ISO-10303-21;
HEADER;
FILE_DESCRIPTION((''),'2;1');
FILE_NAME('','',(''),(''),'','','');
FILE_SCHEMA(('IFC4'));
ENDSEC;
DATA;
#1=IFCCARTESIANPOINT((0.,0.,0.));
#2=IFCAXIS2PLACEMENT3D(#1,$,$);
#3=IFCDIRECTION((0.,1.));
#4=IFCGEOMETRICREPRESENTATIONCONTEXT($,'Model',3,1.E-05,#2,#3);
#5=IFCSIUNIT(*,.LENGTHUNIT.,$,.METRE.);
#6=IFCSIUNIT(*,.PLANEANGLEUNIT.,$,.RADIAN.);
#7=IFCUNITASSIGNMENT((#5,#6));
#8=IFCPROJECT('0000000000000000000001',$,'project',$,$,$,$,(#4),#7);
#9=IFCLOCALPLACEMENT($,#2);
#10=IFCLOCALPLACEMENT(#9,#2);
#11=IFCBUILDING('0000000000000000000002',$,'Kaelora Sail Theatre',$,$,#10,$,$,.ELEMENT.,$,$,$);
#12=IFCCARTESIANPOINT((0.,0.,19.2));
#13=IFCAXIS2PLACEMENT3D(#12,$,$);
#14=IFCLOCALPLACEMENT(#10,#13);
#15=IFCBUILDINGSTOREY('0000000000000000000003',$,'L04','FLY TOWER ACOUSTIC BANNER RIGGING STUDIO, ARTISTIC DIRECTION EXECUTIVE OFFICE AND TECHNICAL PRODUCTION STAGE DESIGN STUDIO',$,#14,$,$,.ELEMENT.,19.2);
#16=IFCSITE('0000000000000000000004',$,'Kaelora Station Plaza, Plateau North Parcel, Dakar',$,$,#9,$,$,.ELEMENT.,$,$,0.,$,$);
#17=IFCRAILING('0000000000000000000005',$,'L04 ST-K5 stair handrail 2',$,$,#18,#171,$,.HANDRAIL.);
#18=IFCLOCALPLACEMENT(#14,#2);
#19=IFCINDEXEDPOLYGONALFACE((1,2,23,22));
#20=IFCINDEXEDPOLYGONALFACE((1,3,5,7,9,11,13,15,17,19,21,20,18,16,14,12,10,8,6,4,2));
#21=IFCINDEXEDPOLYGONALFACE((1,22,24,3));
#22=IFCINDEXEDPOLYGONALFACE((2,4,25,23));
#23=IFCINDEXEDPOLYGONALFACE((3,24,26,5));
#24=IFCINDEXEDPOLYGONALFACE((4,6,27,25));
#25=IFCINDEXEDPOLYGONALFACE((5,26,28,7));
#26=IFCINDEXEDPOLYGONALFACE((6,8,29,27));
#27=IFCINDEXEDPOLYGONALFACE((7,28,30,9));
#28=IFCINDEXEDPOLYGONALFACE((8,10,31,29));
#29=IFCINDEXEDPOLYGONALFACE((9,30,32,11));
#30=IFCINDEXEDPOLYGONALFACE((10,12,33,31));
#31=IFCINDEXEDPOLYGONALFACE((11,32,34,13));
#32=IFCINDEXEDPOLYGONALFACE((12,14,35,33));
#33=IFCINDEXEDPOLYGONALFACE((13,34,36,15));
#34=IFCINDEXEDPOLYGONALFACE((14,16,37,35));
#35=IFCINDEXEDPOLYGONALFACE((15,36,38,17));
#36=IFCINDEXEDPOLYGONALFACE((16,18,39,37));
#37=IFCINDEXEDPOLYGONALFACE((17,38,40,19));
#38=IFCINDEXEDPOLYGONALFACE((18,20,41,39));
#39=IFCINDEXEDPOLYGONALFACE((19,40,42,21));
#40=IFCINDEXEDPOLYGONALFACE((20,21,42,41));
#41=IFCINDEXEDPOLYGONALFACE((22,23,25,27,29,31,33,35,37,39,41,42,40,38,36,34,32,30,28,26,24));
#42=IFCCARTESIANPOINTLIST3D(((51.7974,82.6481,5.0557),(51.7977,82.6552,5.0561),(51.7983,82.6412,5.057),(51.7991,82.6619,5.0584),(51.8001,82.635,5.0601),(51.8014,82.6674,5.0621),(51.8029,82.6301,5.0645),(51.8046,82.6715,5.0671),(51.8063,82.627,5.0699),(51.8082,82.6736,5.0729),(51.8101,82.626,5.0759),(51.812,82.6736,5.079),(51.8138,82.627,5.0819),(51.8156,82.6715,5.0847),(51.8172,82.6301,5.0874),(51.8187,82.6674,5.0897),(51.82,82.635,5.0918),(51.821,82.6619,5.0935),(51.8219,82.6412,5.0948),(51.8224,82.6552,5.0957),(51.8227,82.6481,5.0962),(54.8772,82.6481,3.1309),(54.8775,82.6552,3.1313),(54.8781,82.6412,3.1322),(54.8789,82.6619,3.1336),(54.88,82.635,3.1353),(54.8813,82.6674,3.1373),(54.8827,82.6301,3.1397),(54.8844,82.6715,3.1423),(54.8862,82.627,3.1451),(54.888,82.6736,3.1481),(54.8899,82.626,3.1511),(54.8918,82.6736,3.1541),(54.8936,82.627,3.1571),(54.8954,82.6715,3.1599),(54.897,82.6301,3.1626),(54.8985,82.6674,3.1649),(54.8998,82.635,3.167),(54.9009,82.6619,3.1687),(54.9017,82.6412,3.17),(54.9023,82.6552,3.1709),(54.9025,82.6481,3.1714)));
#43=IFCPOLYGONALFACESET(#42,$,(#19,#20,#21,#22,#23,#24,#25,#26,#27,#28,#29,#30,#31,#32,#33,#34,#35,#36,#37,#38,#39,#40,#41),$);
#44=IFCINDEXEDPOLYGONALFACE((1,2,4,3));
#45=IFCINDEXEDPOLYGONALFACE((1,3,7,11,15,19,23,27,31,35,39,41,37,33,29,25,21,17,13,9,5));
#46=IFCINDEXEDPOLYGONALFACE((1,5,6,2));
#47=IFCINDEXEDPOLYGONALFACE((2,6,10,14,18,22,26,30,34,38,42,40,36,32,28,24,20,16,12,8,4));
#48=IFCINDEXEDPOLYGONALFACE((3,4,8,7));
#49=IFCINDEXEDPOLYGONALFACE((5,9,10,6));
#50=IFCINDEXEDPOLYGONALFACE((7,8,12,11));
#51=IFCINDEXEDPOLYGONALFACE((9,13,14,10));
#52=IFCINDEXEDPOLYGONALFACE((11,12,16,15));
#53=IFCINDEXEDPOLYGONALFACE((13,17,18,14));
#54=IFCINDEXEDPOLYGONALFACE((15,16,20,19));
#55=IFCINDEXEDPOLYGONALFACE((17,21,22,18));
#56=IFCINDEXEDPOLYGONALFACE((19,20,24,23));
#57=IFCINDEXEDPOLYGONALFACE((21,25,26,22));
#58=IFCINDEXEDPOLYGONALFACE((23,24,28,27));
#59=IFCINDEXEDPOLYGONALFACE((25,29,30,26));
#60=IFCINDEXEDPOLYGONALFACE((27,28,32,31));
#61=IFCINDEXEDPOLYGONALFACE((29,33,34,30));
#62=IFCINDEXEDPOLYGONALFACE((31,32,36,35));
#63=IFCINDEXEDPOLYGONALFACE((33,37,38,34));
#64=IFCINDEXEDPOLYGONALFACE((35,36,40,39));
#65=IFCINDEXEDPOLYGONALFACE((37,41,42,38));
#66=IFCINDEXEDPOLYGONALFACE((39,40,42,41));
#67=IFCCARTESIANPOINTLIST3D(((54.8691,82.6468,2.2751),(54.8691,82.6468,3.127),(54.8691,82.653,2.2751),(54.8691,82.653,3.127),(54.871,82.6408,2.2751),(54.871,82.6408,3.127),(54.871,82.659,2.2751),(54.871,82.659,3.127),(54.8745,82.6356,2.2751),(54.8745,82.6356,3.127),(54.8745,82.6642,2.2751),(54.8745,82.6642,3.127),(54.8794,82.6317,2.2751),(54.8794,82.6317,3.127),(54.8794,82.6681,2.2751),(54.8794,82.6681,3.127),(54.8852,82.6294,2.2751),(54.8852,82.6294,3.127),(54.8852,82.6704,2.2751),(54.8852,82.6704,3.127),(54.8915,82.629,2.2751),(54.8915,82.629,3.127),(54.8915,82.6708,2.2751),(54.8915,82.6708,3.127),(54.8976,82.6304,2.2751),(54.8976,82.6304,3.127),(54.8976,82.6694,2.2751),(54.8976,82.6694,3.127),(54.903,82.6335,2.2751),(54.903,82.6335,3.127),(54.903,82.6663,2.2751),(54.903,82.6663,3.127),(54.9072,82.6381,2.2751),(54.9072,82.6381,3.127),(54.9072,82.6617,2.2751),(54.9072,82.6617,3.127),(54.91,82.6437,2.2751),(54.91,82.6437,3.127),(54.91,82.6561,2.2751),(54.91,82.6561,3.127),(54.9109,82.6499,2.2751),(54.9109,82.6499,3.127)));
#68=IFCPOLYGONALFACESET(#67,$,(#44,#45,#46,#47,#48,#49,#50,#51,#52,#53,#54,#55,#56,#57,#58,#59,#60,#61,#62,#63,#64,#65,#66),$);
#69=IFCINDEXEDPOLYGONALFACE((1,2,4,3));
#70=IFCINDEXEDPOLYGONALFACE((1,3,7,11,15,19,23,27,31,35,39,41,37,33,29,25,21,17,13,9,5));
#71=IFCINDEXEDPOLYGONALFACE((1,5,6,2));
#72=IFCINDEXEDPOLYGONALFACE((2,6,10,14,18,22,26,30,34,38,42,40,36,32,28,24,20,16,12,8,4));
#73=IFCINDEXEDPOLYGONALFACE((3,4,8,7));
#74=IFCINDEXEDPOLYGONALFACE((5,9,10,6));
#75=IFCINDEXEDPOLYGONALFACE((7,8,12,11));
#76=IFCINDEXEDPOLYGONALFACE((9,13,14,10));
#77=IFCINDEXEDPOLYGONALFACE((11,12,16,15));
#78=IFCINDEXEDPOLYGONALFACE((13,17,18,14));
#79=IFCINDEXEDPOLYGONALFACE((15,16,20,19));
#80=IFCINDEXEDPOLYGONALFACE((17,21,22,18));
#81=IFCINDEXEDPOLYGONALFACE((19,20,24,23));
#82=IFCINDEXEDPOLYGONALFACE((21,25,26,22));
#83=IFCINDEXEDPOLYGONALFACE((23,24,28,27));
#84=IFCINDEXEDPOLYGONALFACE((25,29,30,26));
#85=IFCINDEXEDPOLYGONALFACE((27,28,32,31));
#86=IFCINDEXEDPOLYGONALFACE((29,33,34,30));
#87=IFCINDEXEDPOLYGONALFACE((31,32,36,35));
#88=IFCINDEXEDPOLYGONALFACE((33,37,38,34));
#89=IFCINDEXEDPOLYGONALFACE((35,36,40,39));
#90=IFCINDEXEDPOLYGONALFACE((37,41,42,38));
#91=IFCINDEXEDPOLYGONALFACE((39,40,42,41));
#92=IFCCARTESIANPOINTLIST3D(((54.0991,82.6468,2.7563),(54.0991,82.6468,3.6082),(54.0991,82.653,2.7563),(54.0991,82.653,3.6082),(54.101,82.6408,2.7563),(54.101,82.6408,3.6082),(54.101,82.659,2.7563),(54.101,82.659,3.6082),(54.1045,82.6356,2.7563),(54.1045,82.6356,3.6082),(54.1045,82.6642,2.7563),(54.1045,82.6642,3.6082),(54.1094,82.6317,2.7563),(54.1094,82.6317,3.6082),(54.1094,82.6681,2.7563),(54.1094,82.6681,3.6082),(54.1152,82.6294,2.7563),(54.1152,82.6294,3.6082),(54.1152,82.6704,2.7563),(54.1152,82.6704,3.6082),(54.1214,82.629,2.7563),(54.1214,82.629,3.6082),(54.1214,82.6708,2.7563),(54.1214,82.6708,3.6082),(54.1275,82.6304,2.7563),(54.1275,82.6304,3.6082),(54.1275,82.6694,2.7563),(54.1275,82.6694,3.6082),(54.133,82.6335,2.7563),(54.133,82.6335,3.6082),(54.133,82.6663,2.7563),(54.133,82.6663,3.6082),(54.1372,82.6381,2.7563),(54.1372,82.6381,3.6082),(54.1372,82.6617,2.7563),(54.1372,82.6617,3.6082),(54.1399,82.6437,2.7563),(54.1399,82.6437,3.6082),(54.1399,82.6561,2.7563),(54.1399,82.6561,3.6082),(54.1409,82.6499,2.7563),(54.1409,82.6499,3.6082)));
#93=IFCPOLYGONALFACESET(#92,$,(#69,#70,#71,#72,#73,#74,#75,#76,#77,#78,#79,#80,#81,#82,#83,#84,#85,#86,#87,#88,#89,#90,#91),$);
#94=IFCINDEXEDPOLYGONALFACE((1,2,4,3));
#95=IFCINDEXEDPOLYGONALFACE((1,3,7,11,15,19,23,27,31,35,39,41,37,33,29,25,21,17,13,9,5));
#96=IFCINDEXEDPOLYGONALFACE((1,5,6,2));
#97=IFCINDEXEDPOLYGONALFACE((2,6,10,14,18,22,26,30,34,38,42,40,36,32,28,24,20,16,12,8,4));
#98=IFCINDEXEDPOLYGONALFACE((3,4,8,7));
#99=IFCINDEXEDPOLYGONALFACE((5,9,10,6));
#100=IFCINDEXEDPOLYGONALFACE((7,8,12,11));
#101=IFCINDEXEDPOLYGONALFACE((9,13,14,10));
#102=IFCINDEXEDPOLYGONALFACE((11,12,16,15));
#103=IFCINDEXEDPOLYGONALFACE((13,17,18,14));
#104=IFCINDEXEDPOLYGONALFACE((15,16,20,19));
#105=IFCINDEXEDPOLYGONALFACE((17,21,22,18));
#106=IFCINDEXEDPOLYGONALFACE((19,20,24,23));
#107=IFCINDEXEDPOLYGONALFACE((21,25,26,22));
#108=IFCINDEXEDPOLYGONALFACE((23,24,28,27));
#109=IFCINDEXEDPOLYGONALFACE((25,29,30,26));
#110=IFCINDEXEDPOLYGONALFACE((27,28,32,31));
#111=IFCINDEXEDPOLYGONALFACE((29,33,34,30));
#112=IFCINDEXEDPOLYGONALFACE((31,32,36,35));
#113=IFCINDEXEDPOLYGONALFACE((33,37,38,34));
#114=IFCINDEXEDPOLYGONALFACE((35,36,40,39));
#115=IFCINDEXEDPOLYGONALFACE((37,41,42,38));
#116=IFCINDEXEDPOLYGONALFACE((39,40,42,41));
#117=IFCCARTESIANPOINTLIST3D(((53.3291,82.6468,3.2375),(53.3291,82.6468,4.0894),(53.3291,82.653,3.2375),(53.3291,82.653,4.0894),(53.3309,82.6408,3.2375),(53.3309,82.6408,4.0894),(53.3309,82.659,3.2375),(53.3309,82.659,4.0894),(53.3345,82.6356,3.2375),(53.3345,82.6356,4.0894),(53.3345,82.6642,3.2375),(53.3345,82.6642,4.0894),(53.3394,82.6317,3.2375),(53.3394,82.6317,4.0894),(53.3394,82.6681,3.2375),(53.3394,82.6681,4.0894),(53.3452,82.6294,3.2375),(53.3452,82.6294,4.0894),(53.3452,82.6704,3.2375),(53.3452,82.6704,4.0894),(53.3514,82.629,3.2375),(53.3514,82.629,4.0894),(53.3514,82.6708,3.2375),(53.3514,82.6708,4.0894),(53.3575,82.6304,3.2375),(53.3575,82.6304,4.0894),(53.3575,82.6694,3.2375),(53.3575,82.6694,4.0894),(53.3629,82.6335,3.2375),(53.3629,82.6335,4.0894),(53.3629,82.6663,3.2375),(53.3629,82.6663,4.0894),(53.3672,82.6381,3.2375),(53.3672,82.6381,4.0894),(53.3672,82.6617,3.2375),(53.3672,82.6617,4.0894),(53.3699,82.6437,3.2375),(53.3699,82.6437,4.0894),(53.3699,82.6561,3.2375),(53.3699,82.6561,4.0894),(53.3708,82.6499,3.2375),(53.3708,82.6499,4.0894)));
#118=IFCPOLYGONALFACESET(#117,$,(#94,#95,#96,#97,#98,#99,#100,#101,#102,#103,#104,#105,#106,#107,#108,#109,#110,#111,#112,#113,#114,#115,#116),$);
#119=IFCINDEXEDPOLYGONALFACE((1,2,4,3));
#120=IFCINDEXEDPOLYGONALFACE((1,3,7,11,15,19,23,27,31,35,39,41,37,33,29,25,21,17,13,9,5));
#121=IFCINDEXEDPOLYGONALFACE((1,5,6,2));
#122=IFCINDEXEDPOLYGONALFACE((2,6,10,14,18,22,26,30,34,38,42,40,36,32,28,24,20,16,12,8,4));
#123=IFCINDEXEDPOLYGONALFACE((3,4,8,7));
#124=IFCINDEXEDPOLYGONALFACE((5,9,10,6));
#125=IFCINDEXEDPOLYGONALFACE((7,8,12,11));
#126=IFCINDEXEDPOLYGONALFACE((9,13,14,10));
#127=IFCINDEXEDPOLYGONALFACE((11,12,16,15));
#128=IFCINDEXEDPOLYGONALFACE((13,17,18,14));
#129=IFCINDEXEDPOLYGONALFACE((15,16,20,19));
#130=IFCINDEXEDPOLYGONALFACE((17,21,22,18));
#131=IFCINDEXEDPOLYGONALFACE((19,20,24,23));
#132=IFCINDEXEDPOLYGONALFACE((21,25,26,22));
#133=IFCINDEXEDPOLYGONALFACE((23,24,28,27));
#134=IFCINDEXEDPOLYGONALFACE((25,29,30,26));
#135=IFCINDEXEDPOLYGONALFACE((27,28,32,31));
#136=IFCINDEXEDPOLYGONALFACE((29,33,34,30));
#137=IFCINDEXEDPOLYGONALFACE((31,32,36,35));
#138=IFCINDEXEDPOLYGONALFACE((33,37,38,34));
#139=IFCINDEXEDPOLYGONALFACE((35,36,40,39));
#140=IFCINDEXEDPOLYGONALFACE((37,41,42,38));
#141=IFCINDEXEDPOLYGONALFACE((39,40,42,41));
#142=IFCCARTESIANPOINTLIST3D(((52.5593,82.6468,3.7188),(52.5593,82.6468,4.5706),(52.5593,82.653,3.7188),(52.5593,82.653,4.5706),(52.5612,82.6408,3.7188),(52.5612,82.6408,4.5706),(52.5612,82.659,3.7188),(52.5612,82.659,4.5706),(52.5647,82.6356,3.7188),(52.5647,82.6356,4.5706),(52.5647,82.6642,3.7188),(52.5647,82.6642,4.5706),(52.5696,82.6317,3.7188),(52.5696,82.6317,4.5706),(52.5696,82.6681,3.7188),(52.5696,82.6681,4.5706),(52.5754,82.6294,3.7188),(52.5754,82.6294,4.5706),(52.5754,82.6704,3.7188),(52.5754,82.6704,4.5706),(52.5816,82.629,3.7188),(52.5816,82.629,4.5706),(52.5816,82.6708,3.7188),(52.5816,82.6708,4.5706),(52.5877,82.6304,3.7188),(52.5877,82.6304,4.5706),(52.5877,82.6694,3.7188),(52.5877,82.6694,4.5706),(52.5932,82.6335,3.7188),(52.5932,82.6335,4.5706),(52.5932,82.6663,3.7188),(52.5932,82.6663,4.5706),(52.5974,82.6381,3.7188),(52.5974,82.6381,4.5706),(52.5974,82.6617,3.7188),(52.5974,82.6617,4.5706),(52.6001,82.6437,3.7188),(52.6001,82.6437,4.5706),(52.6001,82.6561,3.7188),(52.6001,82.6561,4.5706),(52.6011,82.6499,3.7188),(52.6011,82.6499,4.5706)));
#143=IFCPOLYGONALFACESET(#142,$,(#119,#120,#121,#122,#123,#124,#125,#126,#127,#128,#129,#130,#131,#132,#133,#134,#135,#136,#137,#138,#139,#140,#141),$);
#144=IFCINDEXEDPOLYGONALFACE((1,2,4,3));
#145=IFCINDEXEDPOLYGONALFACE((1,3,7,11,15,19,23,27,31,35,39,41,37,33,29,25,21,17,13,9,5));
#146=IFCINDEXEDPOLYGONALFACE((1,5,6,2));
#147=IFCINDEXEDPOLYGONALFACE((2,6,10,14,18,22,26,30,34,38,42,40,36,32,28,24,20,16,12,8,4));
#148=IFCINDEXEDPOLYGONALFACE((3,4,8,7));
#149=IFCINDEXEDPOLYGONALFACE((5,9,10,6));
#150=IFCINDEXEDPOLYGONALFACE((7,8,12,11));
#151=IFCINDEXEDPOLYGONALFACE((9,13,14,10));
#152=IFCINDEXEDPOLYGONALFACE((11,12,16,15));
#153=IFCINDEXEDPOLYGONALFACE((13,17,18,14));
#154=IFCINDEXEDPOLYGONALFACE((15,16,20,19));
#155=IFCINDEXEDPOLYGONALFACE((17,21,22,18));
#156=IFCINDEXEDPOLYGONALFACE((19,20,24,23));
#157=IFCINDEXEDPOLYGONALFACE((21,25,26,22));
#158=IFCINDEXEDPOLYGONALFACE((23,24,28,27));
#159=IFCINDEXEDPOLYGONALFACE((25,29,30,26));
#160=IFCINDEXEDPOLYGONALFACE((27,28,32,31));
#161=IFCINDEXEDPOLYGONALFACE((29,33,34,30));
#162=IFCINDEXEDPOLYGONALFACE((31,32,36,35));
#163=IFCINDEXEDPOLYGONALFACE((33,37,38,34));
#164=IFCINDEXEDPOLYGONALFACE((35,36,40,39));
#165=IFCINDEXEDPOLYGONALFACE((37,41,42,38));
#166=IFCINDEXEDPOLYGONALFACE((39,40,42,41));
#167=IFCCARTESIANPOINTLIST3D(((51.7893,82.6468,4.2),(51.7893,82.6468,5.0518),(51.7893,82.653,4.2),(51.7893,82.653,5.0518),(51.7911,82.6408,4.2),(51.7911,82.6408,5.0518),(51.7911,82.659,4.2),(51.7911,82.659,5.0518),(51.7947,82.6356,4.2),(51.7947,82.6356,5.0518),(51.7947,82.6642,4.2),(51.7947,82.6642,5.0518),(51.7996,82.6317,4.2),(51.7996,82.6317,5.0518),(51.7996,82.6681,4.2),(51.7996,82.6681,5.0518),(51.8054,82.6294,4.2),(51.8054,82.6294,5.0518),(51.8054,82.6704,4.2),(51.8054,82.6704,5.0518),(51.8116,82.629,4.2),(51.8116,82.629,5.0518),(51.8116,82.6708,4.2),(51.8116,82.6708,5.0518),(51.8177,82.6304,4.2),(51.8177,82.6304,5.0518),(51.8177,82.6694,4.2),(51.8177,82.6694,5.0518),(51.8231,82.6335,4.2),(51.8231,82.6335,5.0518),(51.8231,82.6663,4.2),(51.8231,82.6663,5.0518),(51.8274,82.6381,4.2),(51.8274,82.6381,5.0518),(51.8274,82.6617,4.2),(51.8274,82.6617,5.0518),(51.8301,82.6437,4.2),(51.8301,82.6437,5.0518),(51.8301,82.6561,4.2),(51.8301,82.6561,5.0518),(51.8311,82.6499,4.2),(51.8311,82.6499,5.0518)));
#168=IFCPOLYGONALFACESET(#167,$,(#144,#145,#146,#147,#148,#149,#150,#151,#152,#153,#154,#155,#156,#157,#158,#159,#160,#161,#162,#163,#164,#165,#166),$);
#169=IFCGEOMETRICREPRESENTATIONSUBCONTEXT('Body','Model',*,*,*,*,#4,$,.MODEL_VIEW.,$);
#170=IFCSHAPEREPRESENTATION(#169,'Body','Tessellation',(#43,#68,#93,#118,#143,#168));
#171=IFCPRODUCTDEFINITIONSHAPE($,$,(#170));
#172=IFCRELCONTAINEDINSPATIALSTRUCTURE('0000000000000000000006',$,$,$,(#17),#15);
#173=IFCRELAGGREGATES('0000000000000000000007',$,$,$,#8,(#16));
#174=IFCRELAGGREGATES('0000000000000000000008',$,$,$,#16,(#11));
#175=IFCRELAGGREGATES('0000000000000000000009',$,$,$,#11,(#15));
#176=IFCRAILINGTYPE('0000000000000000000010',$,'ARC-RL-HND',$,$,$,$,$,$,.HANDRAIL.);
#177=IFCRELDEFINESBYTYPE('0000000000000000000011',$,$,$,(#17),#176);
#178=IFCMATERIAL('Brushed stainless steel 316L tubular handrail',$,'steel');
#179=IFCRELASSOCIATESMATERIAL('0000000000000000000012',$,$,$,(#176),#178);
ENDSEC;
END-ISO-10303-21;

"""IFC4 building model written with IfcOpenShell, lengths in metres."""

from ifc_helpers import new_model, si_unit, direction, frame, origin, origin_2d, place, context, subcontext, project, spatial, circle, extrude, material, type_object, element, save


model = new_model("IFC4")

# Units and contexts
model_context = context("Model", 3, precision=1e-05, world=origin(), true_north=direction((0.0, 1.0)))
body_context = subcontext(model_context, "Body", "Model", "MODEL_VIEW")
ifc_project = project(units=[si_unit("LENGTHUNIT", "METRE"), si_unit("PLANEANGLEUNIT", "RADIAN")], contexts=[model_context])

# Site, building, storey
site_placement = place(None, origin())
site = spatial("IfcSite", under=ifc_project, at=site_placement, Name="Kaelora Station Plaza, Plateau North Parcel, Dakar", CompositionType="ELEMENT", RefElevation=0.0)
building_placement = place(site_placement, origin())
building = spatial("IfcBuilding", under=site, at=building_placement, Name="Kaelora Sail Theatre", CompositionType="ELEMENT")
storey_placement = place(building_placement, frame((0.0, 0.0, 19.2)))
storey = spatial("IfcBuildingStorey", under=building, at=storey_placement, Name="L04", Description="FLY TOWER ACOUSTIC BANNER RIGGING STUDIO, ARTISTIC DIRECTION EXECUTIVE OFFICE AND TECHNICAL PRODUCTION STAGE DESIGN STUDIO", CompositionType="ELEMENT", Elevation=19.2)

# Railing
ifc_material_1 = material(Name="Brushed stainless steel 316L tubular handrail", Category="steel")
railing_type_1 = type_object("IfcRailingType", Name="ARC-RL-HND", PredefinedType="HANDRAIL", material=ifc_material_1)
railing_1_placement = place(storey_placement, frame((54.8899, 82.6499, 2.2751)))
element("IfcRailing", 1, at=railing_1_placement, inside=storey, type_object=railing_type_1, Name="L04 ST-K5 stair handrail 2", PredefinedType="HANDRAIL", context=body_context, shape_type="SweptSolid", body=[
    extrude(circle(Radius=0.0239, at=origin_2d()), frame((0.0, 0.0, 0.876), z_axis=(-0.84801, 0.0, 0.529981), x_axis=(0.0, -1.0, 0.0)), (0.0, 0.0, 1.0), 3.6318),
    extrude(circle(Radius=0.021, at=origin_2d()), origin(), (0.0, 0.0, 1.0), 0.8518),
    extrude(circle(Radius=0.021, at=origin_2d()), frame((-0.77, 0.0, 0.4812)), (0.0, 0.0, 1.0), 0.8518),
    extrude(circle(Radius=0.021, at=origin_2d()), frame((-1.54, 0.0, 0.9624)), (0.0, 0.0, 1.0), 0.8518),
    extrude(circle(Radius=0.021, at=origin_2d()), frame((-2.3098, 0.0, 1.4436)), (0.0, 0.0, 1.0), 0.8518),
    extrude(circle(Radius=0.021, at=origin_2d()), frame((-3.0798, 0.0, 1.9248)), (0.0, 0.0, 1.0), 0.8518),
])

save(model, "model.ifc")
